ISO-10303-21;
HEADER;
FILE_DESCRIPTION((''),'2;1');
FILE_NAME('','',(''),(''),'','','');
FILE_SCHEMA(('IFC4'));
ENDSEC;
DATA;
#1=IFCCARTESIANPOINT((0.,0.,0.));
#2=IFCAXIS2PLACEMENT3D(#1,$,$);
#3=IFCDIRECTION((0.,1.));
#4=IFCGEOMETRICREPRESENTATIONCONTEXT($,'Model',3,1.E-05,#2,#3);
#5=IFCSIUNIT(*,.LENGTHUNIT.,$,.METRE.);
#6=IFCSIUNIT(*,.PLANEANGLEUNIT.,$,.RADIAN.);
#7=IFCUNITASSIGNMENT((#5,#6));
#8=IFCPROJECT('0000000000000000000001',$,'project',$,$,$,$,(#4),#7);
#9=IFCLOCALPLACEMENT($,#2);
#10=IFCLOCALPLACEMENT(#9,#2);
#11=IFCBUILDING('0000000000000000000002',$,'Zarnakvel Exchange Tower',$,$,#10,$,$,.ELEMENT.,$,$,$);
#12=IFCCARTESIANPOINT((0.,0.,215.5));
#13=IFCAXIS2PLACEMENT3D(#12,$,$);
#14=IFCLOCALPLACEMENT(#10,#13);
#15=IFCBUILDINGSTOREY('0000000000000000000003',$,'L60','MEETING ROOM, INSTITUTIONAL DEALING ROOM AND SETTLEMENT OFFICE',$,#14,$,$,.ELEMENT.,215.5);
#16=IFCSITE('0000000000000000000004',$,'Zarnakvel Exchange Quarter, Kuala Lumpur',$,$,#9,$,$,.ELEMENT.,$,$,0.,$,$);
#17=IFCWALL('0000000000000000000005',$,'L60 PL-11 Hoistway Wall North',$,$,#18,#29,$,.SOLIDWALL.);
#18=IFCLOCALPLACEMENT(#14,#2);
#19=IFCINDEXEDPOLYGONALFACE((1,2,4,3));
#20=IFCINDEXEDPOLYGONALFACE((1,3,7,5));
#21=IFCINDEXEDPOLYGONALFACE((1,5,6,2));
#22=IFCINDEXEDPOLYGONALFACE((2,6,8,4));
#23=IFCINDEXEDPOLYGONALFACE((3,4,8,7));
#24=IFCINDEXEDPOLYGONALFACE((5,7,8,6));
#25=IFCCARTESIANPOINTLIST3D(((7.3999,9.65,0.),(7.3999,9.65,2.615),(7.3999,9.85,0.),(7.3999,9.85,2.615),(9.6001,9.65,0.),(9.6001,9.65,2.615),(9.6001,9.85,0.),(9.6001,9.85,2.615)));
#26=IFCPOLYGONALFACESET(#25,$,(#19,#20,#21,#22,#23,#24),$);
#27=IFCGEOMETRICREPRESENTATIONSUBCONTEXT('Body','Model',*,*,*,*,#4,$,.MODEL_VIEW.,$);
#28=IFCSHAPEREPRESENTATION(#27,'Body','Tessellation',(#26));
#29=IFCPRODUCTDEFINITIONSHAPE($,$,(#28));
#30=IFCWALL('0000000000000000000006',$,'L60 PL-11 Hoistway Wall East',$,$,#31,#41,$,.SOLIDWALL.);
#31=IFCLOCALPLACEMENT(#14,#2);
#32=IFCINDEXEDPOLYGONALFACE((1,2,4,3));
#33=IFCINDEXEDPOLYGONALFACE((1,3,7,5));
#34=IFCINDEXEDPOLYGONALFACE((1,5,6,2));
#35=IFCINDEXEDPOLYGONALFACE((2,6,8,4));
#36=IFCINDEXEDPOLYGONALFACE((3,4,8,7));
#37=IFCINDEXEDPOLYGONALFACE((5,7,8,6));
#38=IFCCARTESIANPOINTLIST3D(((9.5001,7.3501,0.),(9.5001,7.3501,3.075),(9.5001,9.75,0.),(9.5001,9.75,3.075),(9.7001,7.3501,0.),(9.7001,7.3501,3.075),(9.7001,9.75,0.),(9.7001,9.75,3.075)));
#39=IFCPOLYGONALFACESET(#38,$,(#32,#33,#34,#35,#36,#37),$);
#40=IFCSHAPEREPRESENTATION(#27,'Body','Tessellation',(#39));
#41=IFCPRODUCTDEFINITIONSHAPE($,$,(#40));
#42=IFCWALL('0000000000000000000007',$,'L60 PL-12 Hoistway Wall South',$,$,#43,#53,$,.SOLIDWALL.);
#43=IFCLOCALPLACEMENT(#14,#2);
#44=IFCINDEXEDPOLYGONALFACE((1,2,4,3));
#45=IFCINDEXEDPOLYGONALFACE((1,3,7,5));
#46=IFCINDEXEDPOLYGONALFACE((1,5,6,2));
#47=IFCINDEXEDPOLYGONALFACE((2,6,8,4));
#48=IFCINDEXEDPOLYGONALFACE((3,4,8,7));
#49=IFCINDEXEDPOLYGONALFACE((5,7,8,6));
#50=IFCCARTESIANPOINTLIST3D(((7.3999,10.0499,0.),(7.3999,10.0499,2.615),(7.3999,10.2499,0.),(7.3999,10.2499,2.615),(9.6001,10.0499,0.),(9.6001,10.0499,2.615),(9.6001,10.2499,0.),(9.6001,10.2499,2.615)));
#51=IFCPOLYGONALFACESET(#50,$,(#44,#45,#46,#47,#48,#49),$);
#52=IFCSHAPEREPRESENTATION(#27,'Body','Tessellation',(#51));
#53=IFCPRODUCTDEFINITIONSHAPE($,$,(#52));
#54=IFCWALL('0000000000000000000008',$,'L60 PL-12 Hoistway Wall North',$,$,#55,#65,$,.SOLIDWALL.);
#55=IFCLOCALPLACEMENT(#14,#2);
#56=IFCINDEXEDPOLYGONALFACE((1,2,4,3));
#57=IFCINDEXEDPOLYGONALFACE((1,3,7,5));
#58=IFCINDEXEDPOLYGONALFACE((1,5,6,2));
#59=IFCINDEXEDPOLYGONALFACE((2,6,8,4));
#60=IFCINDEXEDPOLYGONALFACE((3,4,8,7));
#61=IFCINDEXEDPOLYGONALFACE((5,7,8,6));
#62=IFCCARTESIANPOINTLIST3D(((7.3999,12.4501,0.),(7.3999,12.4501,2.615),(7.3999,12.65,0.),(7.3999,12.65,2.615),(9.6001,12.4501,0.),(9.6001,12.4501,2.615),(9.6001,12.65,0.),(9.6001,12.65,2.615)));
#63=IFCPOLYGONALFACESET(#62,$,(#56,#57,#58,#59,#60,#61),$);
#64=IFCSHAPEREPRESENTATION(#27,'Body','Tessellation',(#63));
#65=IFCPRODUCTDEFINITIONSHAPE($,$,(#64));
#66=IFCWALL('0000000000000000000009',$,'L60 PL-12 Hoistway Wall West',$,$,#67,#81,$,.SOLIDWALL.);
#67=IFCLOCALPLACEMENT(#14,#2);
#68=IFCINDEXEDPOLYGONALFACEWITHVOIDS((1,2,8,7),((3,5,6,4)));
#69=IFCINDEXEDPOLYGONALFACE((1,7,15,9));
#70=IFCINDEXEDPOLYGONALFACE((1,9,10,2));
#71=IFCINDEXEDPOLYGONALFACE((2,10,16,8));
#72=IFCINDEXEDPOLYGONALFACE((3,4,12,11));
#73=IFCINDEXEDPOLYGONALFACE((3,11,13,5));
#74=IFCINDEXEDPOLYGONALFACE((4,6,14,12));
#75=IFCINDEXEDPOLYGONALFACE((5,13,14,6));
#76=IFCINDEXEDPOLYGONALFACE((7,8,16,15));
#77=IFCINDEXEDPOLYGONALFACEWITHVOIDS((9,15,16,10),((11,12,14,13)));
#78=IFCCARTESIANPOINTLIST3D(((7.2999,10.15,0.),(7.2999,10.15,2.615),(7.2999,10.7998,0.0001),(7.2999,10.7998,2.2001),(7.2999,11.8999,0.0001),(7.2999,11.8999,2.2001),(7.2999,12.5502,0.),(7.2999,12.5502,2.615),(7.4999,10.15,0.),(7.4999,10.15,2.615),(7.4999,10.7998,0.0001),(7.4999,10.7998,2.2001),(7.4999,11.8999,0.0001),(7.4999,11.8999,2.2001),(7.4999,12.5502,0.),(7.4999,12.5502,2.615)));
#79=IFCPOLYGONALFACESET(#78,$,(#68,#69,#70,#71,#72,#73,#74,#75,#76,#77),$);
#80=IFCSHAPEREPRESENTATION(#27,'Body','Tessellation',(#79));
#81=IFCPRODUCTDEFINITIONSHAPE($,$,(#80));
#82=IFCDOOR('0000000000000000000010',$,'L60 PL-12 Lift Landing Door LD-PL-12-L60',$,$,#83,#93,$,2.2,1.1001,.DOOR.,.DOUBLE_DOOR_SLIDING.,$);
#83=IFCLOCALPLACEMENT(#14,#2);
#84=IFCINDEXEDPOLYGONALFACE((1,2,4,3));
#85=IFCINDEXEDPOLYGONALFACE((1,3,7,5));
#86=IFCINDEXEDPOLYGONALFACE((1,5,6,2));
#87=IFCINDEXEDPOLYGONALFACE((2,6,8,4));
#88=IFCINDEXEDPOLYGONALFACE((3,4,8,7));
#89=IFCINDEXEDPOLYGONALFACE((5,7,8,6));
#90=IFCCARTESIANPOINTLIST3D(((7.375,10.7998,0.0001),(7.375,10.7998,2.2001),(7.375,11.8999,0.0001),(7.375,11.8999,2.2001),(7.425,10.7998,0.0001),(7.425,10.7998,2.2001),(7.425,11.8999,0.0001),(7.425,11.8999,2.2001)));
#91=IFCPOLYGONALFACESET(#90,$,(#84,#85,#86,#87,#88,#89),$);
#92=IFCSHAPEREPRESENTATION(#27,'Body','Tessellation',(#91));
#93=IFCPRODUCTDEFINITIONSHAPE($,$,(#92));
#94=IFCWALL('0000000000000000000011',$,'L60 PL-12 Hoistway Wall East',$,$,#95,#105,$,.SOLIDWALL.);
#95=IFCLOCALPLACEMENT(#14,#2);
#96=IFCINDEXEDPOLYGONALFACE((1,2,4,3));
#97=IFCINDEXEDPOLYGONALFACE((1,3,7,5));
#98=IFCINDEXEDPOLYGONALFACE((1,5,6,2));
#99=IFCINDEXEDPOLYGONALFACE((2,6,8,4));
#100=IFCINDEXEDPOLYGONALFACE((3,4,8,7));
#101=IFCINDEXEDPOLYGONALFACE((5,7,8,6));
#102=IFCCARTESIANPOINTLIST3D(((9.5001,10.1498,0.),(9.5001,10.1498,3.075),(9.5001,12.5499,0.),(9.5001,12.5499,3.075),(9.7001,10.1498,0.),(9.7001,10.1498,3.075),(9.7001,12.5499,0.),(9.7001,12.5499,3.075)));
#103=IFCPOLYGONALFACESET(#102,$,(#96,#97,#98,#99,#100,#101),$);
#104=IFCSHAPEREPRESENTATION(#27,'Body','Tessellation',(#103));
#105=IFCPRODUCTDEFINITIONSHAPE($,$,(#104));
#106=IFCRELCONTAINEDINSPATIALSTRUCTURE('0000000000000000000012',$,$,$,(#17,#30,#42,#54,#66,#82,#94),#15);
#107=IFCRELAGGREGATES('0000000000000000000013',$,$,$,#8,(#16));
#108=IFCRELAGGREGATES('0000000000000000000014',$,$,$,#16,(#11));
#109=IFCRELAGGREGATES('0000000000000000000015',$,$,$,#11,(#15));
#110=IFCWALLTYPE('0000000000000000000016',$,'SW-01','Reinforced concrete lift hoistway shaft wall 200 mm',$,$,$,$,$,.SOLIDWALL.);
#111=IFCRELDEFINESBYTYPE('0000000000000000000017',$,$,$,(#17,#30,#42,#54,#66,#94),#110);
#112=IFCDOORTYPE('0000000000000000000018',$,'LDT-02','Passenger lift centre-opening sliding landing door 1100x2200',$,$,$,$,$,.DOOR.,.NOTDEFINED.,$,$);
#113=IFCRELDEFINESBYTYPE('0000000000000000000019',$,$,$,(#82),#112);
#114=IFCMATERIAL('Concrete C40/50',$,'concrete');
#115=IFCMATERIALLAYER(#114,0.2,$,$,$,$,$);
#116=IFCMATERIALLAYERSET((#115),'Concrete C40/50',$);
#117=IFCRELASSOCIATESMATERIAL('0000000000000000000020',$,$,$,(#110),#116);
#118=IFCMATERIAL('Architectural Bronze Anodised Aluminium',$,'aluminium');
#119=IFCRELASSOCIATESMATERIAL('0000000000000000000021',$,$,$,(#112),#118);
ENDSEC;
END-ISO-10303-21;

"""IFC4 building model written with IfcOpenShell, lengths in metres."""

from ifc_helpers import new_model, si_unit, direction, frame, frame_2d, origin, place, context, subcontext, project, spatial, rectangle, extrude, source, transform, mapped, material, layer, layer_set, type_object, element, fill, save


model = new_model("IFC4")

# Units and contexts
model_context = context("Model", 3, precision=1e-05, world=origin(), true_north=direction((0.0, 1.0)))
body_context = subcontext(model_context, "Body", "Model", "MODEL_VIEW")
ifc_project = project(units=[si_unit("LENGTHUNIT", "METRE"), si_unit("PLANEANGLEUNIT", "RADIAN")], contexts=[model_context])

# Site, building, storey
site_placement = place(None, origin())
site = spatial("IfcSite", under=ifc_project, at=site_placement, Name="Zarnakvel Exchange Quarter, Kuala Lumpur", CompositionType="ELEMENT", RefElevation=0.0)
building_placement = place(site_placement, origin())
building = spatial("IfcBuilding", under=site, at=building_placement, Name="Zarnakvel Exchange Tower", CompositionType="ELEMENT")
storey_placement = place(building_placement, frame((0.0, 0.0, 215.5)))
storey = spatial("IfcBuildingStorey", under=building, at=storey_placement, Name="L60", Description="MEETING ROOM, INSTITUTIONAL DEALING ROOM AND SETTLEMENT OFFICE", CompositionType="ELEMENT", Elevation=215.5)

# Shared definitions
ifc_material_1 = material(Name="Architectural Bronze Anodised Aluminium", Category="aluminium")

# Walls
ifc_material_2 = material(Name="Concrete C40/50", Category="concrete")
ifc_layer_1 = layer(ifc_material_2, 0.2)
ifc_layer_set_1 = layer_set([ifc_layer_1], Name="Concrete C40/50")
wall_type_1 = type_object("IfcWallType", Name="SW-01", Description="Reinforced concrete lift hoistway shaft wall 200 mm", PredefinedType="SOLIDWALL", material=ifc_layer_set_1)
wall_1_placement = place(storey_placement, frame((7.3999, 9.75, 0.0), z_axis=(0.0, 0.0, 1.0), x_axis=(1.0, 0.0, 0.0)))
element("IfcWall", 1, at=wall_1_placement, inside=storey, type_object=wall_type_1, Name="L60 PL-11 Hoistway Wall North", PredefinedType="SOLIDWALL", context=body_context, shape_type="SweptSolid", body=[
    extrude(rectangle(XDim=2.2002, YDim=0.2, at=frame_2d((1.1001, 0.0))), origin(), (0.0, 0.0, 1.0), 2.615),
])
wall_2_placement = place(storey_placement, frame((9.6001, 9.75, 0.0), z_axis=(0.0, 0.0, 1.0), x_axis=(0.0, -1.0, 0.0)))
element("IfcWall", 2, at=wall_2_placement, inside=storey, type_object=wall_type_1, Name="L60 PL-11 Hoistway Wall East", PredefinedType="SOLIDWALL", context=body_context, shape_type="SweptSolid", body=[
    extrude(rectangle(XDim=2.3999, YDim=0.2, at=frame_2d((1.2, 0.0))), origin(), (0.0, 0.0, 1.0), 3.075),
])
for number, where, z_axis, x_axis, name in (
    (3, (9.6001, 10.1499, 0.0), (0.0, 0.0, 1.0), (-1.0, 0.0, 0.0), "L60 PL-12 Hoistway Wall South"),
    (4, (7.3999, 12.55, 0.0), (0.0, 0.0, 1.0), (1.0, 0.0, 0.0), "L60 PL-12 Hoistway Wall North"),
):
    element("IfcWall", number, at=place(storey_placement, frame(where, z_axis=z_axis, x_axis=x_axis)), inside=storey, type_object=wall_type_1, Name=name, PredefinedType="SOLIDWALL", context=body_context, shape_type="SweptSolid", body=[
        extrude(rectangle(XDim=2.2002, YDim=0.2, at=frame_2d((1.1001, 0.0))), origin(), (0.0, 0.0, 1.0), 2.615),
    ])

# Wall, opening, door
wall_3_placement = place(storey_placement, frame((7.3999, 10.1499, 0.0), z_axis=(0.0, 0.0, 1.0), x_axis=(0.0, 1.0, 0.0)))
wall_3 = element("IfcWall", 5, at=wall_3_placement, inside=storey, type_object=wall_type_1, Name="L60 PL-12 Hoistway Wall West", PredefinedType="SOLIDWALL", context=body_context, shape_type="SweptSolid", body=[
    extrude(rectangle(XDim=2.4001, YDim=0.2, at=frame_2d((1.2002, 0.0))), origin(), (0.0, 0.0, 1.0), 2.615),
])
opening_1_placement = place(wall_3_placement, frame((0.6499, 0.0, 0.0)))
opening_1 = element("IfcOpeningElement", 6, at=opening_1_placement, cuts=wall_3, PredefinedType="OPENING", context=body_context, shape_type="SweptSolid", body=[
    extrude(rectangle(XDim=1.1001, YDim=2.2, at=frame_2d((0.55, 1.1001))), frame((0.0, 0.1099, 0.0), z_axis=(0.0, -1.0, 0.0), x_axis=(1.0, 0.0, 0.0)), (0.0, 0.0, 1.0), 0.22),
])
door_type_1 = type_object("IfcDoorType", Name="LDT-02", Description="Passenger lift centre-opening sliding landing door 1100x2200", OperationType="NOTDEFINED", PredefinedType="DOOR", material=ifc_material_1)
shared_shape_1 = source(origin(), body_context, "Body", "SweptSolid", [
    extrude(rectangle(XDim=1.1001, YDim=2.2, at=frame_2d((0.55, 1.1001))), frame((0.0, 0.0249, 0.0), z_axis=(0.0, -1.0, 0.0), x_axis=(1.0, 0.0, 0.0)), (0.0, 0.0, 1.0), 0.05),
])
door_1_placement = place(opening_1_placement, origin())
door_1 = element("IfcDoor", 7, at=door_1_placement, inside=storey, type_object=door_type_1, Name="L60 PL-12 Lift Landing Door LD-PL-12-L60", OperationType="DOUBLE_DOOR_SLIDING", OverallHeight=2.2, OverallWidth=1.1001, PredefinedType="DOOR", context=body_context, shape_type="MappedRepresentation", body=[
    mapped(shared_shape_1, transform((0.0, 0.0, 0.0), x_axis=(1.0, 0.0, 0.0), y_axis=(0.0, 1.0, 0.0), z_axis=(0.0, 0.0, 1.0), scale=1.0)),
])
fill(opening_1, door_1)

# Wall
wall_4_placement = place(storey_placement, frame((9.6001, 12.55, 0.0), z_axis=(0.0, 0.0, 1.0), x_axis=(0.0, -1.0, 0.0)))
element("IfcWall", 8, at=wall_4_placement, inside=storey, type_object=wall_type_1, Name="L60 PL-12 Hoistway Wall East", PredefinedType="SOLIDWALL", context=body_context, shape_type="SweptSolid", body=[
    extrude(rectangle(XDim=2.4001, YDim=0.2, at=frame_2d((1.2002, 0.0))), origin(), (0.0, 0.0, 1.0), 3.075),
])

save(model, "model.ifc")
